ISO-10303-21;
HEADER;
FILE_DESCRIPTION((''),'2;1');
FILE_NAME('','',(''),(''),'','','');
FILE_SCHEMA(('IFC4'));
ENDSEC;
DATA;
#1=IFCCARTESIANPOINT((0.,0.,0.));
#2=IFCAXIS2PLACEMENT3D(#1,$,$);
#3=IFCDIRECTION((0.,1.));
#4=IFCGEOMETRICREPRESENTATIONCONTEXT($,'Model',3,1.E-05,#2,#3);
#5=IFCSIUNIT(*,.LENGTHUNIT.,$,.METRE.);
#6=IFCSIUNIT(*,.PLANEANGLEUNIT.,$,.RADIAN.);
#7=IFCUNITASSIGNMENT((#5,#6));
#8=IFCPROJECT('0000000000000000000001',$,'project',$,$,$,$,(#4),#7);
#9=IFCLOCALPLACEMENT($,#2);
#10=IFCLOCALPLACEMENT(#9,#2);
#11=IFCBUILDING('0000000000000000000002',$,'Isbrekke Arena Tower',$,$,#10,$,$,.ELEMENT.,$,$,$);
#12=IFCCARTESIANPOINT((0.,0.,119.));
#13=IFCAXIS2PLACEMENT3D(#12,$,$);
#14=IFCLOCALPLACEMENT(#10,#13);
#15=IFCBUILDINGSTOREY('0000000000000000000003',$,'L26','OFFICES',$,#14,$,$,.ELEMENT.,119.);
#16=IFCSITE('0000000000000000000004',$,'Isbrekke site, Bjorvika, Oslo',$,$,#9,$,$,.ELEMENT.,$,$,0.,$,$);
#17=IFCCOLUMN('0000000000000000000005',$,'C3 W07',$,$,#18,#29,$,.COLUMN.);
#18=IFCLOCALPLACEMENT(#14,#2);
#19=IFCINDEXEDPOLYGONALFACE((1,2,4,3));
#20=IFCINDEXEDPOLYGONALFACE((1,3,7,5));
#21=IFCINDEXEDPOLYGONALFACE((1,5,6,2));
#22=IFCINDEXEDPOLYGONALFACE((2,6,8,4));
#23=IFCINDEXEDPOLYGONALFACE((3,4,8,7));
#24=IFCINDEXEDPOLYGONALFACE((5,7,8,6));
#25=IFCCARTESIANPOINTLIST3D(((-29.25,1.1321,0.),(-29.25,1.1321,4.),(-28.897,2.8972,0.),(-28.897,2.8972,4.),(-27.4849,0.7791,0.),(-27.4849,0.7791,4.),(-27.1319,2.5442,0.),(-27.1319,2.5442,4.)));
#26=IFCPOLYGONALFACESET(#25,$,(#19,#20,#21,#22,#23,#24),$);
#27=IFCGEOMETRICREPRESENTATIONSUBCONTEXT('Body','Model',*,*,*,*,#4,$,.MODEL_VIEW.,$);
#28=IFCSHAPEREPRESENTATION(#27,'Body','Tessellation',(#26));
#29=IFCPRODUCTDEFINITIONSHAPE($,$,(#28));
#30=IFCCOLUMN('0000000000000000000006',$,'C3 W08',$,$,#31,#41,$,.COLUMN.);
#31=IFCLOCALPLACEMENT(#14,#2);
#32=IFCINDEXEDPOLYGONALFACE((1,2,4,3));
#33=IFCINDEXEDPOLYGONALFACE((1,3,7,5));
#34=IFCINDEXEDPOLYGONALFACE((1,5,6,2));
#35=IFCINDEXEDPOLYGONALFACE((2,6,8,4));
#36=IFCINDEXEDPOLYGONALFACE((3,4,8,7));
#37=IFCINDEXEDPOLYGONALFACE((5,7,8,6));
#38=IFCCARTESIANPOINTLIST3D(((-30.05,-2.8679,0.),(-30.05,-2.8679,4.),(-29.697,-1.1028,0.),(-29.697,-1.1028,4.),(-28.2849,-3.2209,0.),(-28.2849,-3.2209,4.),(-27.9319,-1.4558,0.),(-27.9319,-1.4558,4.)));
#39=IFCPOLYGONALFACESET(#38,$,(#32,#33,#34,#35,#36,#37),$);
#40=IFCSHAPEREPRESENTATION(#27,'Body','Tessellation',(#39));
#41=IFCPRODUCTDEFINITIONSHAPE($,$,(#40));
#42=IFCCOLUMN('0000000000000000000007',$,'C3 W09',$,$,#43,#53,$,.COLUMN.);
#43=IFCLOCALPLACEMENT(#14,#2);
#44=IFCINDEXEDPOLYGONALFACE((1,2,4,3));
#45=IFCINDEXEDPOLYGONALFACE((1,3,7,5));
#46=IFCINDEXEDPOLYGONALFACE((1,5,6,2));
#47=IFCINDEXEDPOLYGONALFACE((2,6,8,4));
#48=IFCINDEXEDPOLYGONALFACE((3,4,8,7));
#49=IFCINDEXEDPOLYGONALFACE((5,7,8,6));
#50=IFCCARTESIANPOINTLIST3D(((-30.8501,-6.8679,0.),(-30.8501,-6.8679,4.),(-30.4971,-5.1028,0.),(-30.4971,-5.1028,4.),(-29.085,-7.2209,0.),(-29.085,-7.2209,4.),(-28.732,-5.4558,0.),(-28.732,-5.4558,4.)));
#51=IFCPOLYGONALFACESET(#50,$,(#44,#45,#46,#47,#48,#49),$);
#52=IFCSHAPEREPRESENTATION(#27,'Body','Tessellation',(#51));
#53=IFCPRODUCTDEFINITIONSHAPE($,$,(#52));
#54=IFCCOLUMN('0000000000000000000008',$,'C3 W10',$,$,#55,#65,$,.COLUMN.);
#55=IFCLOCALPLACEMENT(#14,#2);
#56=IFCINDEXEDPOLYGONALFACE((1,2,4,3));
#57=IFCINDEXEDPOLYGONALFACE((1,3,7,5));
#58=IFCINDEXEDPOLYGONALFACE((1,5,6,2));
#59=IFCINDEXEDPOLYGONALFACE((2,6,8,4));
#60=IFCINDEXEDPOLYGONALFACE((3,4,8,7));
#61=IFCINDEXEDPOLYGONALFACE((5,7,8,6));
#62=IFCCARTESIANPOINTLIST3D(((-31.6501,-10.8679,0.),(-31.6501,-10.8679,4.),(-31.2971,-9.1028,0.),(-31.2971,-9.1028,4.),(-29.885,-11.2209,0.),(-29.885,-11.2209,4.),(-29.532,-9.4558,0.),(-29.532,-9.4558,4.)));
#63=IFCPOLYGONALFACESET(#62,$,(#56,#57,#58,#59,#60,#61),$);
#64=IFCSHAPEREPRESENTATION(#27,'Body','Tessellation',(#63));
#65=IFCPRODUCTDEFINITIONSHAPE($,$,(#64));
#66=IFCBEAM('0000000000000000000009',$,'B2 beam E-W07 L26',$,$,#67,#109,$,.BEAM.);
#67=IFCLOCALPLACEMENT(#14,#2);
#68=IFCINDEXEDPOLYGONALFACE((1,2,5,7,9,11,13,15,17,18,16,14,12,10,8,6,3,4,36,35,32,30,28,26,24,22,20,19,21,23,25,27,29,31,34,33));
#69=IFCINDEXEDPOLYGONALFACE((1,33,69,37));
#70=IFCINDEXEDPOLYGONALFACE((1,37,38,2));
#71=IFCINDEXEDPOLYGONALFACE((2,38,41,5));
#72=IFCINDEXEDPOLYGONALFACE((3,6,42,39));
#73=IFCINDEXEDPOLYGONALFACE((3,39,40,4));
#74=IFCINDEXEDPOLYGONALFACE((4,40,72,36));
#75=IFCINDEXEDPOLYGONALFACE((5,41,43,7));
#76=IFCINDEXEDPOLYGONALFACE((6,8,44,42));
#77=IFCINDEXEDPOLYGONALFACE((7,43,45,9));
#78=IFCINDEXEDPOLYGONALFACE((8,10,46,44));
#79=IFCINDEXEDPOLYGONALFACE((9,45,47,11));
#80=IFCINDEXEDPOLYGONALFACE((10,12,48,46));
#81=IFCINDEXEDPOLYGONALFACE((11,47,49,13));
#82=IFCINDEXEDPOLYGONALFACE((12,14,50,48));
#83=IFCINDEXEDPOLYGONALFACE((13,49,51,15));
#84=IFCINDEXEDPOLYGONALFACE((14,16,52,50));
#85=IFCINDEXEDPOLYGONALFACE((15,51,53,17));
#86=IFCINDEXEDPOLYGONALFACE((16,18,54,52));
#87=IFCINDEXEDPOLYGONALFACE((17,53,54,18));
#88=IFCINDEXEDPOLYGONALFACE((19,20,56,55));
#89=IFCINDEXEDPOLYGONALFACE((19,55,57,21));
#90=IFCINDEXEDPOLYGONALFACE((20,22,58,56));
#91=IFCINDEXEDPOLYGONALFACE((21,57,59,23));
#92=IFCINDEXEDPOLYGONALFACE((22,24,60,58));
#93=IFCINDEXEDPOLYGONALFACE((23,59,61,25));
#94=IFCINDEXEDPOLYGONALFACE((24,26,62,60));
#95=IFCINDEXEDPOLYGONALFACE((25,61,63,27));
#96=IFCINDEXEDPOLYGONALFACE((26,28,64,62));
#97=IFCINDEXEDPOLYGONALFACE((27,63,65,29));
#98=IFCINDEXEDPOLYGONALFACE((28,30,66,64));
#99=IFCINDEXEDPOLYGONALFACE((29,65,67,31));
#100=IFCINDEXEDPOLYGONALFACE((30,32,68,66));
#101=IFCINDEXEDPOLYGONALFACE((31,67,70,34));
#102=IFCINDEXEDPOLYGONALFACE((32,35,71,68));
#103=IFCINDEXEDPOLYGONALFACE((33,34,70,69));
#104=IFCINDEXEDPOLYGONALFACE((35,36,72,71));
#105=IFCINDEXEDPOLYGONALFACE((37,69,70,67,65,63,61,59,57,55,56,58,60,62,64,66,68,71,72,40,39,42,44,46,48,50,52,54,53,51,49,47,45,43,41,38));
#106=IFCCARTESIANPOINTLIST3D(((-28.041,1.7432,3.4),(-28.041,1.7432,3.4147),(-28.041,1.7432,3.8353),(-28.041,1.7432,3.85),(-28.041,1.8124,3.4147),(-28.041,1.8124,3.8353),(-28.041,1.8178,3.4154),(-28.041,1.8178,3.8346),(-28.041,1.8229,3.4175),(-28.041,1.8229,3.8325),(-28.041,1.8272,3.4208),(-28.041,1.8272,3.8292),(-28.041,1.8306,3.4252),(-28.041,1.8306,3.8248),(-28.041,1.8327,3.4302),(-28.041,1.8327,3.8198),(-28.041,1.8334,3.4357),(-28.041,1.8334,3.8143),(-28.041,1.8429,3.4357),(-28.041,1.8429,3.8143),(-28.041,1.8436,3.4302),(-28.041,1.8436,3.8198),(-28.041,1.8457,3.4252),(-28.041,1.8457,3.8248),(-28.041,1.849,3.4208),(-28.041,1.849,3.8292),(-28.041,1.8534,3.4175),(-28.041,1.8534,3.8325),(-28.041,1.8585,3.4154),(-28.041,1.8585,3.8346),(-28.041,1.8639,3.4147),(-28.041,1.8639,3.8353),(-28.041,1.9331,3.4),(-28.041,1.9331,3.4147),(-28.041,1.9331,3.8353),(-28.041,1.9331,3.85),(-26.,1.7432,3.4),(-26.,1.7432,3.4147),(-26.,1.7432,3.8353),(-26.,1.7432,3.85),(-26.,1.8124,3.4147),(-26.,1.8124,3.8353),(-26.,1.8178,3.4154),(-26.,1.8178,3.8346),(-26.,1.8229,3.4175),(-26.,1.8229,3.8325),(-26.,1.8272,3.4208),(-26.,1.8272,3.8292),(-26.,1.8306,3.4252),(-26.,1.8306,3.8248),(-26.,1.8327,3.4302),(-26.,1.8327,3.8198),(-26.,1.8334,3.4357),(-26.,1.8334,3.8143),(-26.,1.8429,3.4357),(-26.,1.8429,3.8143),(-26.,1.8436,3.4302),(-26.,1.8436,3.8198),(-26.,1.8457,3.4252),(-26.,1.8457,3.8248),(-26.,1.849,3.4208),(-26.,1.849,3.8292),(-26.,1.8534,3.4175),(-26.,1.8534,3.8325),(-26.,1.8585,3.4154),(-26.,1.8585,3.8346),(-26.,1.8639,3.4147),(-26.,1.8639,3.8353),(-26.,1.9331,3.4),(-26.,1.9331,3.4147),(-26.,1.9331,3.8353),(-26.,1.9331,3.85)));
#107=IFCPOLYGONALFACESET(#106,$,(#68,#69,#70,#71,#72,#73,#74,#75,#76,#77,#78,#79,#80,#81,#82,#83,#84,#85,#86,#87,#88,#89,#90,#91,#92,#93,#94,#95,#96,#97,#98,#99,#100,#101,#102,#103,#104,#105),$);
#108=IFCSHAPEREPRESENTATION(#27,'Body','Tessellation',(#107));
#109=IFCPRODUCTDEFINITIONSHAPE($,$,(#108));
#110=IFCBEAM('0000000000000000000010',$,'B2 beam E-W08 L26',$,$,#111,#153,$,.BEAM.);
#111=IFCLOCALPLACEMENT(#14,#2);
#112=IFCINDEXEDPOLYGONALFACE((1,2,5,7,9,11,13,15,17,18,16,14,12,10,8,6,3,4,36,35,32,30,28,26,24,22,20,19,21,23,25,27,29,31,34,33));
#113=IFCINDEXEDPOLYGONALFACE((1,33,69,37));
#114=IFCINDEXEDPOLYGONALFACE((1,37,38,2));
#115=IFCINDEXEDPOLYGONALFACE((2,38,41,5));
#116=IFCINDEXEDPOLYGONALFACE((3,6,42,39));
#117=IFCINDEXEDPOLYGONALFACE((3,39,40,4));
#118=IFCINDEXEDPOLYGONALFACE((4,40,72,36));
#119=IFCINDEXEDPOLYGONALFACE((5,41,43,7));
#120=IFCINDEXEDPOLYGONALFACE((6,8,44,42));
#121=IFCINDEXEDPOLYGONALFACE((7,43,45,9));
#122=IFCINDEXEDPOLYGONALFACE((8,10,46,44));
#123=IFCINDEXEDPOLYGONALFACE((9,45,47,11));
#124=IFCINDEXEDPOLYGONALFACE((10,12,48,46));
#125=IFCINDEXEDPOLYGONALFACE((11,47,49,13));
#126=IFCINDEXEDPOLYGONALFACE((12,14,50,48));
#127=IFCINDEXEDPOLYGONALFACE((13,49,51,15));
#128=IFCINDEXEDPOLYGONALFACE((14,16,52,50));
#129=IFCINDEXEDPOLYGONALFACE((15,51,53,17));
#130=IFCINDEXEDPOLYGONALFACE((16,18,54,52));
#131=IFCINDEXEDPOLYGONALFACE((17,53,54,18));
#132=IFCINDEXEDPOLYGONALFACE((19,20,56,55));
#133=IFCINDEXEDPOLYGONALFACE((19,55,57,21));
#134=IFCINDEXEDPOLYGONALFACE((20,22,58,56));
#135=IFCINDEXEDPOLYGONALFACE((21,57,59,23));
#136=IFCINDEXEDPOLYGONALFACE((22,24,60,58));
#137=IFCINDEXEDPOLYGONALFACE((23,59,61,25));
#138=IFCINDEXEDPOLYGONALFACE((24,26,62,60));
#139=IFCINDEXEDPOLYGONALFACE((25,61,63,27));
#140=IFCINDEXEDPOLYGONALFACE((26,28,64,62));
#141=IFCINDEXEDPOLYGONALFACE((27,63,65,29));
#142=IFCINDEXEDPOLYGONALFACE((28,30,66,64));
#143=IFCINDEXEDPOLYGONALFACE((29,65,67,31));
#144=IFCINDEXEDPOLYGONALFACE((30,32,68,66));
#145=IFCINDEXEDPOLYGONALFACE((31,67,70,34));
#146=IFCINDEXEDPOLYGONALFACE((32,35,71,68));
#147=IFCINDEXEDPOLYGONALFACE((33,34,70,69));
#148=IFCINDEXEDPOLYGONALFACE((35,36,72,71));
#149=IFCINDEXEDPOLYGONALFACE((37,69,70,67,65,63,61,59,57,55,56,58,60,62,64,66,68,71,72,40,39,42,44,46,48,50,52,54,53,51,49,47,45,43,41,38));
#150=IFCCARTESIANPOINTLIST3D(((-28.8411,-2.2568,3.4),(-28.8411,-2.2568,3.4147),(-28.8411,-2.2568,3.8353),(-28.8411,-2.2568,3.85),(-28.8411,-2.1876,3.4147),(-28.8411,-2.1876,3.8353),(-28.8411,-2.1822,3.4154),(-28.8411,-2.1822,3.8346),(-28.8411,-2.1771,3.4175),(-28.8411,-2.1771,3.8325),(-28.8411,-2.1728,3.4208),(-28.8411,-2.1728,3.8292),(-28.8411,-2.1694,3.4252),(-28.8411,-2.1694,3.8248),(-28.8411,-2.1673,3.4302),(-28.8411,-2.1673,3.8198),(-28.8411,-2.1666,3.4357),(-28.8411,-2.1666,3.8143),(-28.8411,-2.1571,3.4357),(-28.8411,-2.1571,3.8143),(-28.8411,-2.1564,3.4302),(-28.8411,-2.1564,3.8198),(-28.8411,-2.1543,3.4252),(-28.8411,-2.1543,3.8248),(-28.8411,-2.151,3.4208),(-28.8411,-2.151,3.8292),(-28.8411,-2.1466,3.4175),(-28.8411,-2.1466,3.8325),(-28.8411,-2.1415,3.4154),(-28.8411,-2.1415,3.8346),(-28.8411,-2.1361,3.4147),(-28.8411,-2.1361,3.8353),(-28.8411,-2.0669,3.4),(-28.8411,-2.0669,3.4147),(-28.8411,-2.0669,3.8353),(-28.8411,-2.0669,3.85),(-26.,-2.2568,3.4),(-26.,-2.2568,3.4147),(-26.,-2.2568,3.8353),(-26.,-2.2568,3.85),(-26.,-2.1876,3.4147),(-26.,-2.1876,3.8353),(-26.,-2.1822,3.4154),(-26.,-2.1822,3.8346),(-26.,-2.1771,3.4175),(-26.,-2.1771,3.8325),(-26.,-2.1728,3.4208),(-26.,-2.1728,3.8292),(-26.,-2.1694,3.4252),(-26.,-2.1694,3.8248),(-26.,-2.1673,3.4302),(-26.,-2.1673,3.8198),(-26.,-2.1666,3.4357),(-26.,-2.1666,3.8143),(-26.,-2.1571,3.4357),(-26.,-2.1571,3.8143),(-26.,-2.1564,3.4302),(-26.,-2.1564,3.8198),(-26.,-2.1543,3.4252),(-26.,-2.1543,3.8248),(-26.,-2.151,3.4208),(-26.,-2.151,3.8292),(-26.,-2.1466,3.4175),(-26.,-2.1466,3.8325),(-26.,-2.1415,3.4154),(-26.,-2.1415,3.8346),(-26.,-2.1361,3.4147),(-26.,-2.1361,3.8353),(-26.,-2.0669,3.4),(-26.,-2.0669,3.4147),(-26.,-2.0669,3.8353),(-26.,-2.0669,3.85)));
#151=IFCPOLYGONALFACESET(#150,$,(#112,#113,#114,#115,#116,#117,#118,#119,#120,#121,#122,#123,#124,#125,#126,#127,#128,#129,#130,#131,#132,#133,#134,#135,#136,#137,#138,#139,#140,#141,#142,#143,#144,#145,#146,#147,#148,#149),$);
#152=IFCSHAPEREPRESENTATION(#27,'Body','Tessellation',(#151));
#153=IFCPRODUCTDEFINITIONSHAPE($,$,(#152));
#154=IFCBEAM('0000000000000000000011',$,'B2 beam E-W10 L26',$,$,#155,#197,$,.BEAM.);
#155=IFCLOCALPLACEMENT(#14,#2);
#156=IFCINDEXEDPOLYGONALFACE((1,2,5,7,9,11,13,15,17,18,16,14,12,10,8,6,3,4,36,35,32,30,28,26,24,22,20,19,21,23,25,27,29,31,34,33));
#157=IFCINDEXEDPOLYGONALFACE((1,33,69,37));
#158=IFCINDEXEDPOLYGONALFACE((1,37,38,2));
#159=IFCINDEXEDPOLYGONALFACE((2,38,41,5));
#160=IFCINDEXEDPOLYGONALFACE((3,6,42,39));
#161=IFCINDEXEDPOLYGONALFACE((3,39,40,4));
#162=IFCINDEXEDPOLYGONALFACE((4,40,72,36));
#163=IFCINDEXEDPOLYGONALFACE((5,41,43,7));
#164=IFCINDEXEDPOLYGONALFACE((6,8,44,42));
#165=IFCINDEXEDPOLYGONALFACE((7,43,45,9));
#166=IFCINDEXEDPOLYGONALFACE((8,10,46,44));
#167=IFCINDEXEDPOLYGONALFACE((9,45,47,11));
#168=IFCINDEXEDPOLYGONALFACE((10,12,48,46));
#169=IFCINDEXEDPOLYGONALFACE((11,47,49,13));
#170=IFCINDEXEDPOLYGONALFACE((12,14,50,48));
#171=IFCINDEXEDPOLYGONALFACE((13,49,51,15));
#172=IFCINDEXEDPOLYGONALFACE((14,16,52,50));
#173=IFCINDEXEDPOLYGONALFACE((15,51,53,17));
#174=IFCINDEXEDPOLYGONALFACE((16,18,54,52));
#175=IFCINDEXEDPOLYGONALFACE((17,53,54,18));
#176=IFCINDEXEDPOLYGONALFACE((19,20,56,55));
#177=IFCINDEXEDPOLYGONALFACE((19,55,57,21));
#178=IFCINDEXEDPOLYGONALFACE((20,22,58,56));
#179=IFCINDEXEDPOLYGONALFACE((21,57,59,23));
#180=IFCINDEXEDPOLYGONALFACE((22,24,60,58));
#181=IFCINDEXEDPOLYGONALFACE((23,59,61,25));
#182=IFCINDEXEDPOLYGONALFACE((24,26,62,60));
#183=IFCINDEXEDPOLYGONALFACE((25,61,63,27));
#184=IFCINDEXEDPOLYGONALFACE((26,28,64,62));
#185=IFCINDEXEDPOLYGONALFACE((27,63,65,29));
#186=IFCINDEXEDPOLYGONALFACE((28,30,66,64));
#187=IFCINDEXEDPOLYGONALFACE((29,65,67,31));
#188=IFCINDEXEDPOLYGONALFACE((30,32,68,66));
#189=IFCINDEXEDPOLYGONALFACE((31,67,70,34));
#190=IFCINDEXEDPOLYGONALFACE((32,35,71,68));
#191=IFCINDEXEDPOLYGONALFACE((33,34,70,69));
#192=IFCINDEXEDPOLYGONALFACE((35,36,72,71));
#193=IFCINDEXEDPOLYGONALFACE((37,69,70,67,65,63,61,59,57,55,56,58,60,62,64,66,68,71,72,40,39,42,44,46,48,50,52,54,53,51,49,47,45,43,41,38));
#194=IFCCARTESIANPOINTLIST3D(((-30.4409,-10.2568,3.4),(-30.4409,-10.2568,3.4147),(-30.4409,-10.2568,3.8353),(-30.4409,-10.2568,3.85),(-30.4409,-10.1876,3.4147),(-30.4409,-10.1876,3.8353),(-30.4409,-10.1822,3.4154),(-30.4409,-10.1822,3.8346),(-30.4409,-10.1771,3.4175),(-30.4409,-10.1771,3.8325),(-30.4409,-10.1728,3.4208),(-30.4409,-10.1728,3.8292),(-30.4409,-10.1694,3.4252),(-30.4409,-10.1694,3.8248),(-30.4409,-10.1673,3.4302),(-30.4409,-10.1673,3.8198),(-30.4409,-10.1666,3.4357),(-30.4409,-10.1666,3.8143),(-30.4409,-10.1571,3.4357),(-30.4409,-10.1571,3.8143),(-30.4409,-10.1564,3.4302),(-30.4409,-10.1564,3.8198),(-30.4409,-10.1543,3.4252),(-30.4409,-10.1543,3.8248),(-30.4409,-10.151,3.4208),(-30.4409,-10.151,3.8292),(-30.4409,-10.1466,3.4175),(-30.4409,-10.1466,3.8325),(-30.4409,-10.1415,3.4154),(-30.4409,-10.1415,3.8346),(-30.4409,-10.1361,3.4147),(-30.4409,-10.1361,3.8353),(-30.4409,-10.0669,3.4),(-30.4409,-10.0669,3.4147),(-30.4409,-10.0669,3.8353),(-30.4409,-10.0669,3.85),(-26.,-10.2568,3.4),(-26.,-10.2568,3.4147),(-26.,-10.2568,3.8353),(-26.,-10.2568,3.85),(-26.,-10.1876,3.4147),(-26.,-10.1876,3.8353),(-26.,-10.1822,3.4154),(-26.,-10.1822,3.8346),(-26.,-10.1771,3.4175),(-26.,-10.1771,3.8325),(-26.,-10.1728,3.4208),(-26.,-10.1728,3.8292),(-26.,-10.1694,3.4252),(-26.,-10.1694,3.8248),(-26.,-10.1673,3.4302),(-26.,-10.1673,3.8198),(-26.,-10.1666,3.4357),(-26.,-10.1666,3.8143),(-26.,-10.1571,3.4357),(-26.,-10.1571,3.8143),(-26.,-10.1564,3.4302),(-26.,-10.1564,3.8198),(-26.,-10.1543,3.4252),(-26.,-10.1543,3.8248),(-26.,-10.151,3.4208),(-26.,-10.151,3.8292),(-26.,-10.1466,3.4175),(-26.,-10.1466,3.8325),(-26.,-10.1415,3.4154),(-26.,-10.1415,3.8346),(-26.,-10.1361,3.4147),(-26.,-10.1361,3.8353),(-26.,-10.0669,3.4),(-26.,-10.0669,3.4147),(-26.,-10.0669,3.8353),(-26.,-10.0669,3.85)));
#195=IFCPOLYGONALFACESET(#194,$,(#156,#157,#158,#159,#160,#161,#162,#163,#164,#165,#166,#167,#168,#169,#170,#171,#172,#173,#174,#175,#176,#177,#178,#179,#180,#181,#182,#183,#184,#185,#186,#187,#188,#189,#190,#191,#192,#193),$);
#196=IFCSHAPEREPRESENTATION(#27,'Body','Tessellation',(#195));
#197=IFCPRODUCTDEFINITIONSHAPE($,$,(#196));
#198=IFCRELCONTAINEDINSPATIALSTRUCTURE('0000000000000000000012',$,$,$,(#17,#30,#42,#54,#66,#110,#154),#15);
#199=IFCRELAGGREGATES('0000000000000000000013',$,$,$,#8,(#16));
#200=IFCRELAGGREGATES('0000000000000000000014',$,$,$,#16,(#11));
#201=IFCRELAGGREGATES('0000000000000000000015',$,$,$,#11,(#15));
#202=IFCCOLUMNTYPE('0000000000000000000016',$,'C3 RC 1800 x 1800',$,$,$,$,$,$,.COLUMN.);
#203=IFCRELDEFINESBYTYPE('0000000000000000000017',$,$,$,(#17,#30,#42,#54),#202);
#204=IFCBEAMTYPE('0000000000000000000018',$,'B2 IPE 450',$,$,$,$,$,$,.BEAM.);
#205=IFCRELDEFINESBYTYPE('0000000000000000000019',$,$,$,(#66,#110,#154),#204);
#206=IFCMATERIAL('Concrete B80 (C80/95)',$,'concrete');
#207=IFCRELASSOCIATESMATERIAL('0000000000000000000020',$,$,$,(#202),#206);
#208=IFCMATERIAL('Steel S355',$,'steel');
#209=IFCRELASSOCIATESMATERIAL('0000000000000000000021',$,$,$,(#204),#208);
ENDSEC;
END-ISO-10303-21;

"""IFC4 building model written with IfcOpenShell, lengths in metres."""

from ifc_helpers import new_model, si_unit, direction, frame, origin, origin_2d, place, context, subcontext, project, spatial, rectangle, i_section, extrude, material, material_profile, profile_set, type_object, element, save


model = new_model("IFC4")

# Units and contexts
model_context = context("Model", 3, precision=1e-05, world=origin(), true_north=direction((0.0, 1.0)))
body_context = subcontext(model_context, "Body", "Model", "MODEL_VIEW")
ifc_project = project(units=[si_unit("LENGTHUNIT", "METRE"), si_unit("PLANEANGLEUNIT", "RADIAN")], contexts=[model_context])

# Site, building, storey
site_placement = place(None, origin())
site = spatial("IfcSite", under=ifc_project, at=site_placement, Name="Isbrekke site, Bjorvika, Oslo", CompositionType="ELEMENT", RefElevation=0.0)
building_placement = place(site_placement, origin())
building = spatial("IfcBuilding", under=site, at=building_placement, Name="Isbrekke Arena Tower", CompositionType="ELEMENT")
storey_placement = place(building_placement, frame((0.0, 0.0, 119.0)))
storey = spatial("IfcBuildingStorey", under=building, at=storey_placement, Name="L26", Description="OFFICES", CompositionType="ELEMENT", Elevation=119.0)

# Columns
ifc_material_1 = material(Name="Concrete B80 (C80/95)", Category="concrete")
ifc_material_profile_1 = material_profile(ifc_material_1, rectangle(XDim=1.8, YDim=1.8, at=origin_2d()), Name="RC 1800x1800")
ifc_profile_set_1 = profile_set([ifc_material_profile_1], Name="Concrete B80 (C80/95)")
column_type = type_object("IfcColumnType", Name="C3 RC 1800 x 1800", PredefinedType="COLUMN", material=ifc_profile_set_1)
for number, where, z_axis, x_axis, name in (
    (1, (-28.1909, 1.8381, 0.0), (0.0, 0.0, 1.0), (-0.196116, -0.980581, 0.0), "C3 W07"),
    (2, (-28.991, -2.1619, 0.0), (0.0, 0.0, 1.0), (-0.196116, -0.980581, 0.0), "C3 W08"),
    (3, (-29.791, -6.1619, 0.0), (0.0, 0.0, 1.0), (-0.196116, -0.980581, 0.0), "C3 W09"),
    (4, (-30.5911, -10.1619, 0.0), (0.0, 0.0, 1.0), (-0.196116, -0.980581, 0.0), "C3 W10"),
):
    element("IfcColumn", number, at=place(storey_placement, frame(where, z_axis=z_axis, x_axis=x_axis)), inside=storey, type_object=column_type, Name=name, PredefinedType="COLUMN", context=body_context, shape_type="SweptSolid", body=[
        extrude(rectangle(XDim=1.8, YDim=1.8, at=origin_2d()), origin(), (0.0, 0.0, 1.0), 4.0),
    ])

# Beams
ifc_material_2 = material(Name="Steel S355", Category="steel")
ifc_material_profile_2 = material_profile(ifc_material_2, i_section(OverallWidth=0.1899, OverallDepth=0.45, WebThickness=0.0095, FlangeThickness=0.0146, FilletRadius=0.021, at=origin_2d()), Name="IPE 450")
ifc_profile_set_2 = profile_set([ifc_material_profile_2], Name="Steel S355")
beam_type_1 = type_object("IfcBeamType", Name="B2 IPE 450", PredefinedType="BEAM", material=ifc_profile_set_2)
beam_1_placement = place(storey_placement, frame((-28.041, 1.8381, 3.625), z_axis=(1.0, 0.0, 0.0), x_axis=(0.0, 1.0, 0.0)))
element("IfcBeam", 5, at=beam_1_placement, inside=storey, type_object=beam_type_1, Name="B2 beam E-W07 L26", PredefinedType="BEAM", context=body_context, shape_type="SweptSolid", body=[
    extrude(i_section(OverallWidth=0.1899, OverallDepth=0.45, WebThickness=0.0095, FlangeThickness=0.0146, FilletRadius=0.021, at=origin_2d()), origin(), (0.0, 0.0, 1.0), 2.041),
])
beam_2_placement = place(storey_placement, frame((-28.8411, -2.1619, 3.625), z_axis=(1.0, 0.0, 0.0), x_axis=(0.0, 1.0, 0.0)))
element("IfcBeam", 6, at=beam_2_placement, inside=storey, type_object=beam_type_1, Name="B2 beam E-W08 L26", PredefinedType="BEAM", context=body_context, shape_type="SweptSolid", body=[
    extrude(i_section(OverallWidth=0.1899, OverallDepth=0.45, WebThickness=0.0095, FlangeThickness=0.0146, FilletRadius=0.021, at=origin_2d()), origin(), (0.0, 0.0, 1.0), 2.8411),
])
beam_3_placement = place(storey_placement, frame((-30.4409, -10.1619, 3.625), z_axis=(1.0, 0.0, 0.0), x_axis=(0.0, 1.0, 0.0)))
element("IfcBeam", 7, at=beam_3_placement, inside=storey, type_object=beam_type_1, Name="B2 beam E-W10 L26", PredefinedType="BEAM", context=body_context, shape_type="SweptSolid", body=[
    extrude(i_section(OverallWidth=0.1899, OverallDepth=0.45, WebThickness=0.0095, FlangeThickness=0.0146, FilletRadius=0.021, at=origin_2d()), origin(), (0.0, 0.0, 1.0), 4.4409),
])

save(model, "model.ifc")
